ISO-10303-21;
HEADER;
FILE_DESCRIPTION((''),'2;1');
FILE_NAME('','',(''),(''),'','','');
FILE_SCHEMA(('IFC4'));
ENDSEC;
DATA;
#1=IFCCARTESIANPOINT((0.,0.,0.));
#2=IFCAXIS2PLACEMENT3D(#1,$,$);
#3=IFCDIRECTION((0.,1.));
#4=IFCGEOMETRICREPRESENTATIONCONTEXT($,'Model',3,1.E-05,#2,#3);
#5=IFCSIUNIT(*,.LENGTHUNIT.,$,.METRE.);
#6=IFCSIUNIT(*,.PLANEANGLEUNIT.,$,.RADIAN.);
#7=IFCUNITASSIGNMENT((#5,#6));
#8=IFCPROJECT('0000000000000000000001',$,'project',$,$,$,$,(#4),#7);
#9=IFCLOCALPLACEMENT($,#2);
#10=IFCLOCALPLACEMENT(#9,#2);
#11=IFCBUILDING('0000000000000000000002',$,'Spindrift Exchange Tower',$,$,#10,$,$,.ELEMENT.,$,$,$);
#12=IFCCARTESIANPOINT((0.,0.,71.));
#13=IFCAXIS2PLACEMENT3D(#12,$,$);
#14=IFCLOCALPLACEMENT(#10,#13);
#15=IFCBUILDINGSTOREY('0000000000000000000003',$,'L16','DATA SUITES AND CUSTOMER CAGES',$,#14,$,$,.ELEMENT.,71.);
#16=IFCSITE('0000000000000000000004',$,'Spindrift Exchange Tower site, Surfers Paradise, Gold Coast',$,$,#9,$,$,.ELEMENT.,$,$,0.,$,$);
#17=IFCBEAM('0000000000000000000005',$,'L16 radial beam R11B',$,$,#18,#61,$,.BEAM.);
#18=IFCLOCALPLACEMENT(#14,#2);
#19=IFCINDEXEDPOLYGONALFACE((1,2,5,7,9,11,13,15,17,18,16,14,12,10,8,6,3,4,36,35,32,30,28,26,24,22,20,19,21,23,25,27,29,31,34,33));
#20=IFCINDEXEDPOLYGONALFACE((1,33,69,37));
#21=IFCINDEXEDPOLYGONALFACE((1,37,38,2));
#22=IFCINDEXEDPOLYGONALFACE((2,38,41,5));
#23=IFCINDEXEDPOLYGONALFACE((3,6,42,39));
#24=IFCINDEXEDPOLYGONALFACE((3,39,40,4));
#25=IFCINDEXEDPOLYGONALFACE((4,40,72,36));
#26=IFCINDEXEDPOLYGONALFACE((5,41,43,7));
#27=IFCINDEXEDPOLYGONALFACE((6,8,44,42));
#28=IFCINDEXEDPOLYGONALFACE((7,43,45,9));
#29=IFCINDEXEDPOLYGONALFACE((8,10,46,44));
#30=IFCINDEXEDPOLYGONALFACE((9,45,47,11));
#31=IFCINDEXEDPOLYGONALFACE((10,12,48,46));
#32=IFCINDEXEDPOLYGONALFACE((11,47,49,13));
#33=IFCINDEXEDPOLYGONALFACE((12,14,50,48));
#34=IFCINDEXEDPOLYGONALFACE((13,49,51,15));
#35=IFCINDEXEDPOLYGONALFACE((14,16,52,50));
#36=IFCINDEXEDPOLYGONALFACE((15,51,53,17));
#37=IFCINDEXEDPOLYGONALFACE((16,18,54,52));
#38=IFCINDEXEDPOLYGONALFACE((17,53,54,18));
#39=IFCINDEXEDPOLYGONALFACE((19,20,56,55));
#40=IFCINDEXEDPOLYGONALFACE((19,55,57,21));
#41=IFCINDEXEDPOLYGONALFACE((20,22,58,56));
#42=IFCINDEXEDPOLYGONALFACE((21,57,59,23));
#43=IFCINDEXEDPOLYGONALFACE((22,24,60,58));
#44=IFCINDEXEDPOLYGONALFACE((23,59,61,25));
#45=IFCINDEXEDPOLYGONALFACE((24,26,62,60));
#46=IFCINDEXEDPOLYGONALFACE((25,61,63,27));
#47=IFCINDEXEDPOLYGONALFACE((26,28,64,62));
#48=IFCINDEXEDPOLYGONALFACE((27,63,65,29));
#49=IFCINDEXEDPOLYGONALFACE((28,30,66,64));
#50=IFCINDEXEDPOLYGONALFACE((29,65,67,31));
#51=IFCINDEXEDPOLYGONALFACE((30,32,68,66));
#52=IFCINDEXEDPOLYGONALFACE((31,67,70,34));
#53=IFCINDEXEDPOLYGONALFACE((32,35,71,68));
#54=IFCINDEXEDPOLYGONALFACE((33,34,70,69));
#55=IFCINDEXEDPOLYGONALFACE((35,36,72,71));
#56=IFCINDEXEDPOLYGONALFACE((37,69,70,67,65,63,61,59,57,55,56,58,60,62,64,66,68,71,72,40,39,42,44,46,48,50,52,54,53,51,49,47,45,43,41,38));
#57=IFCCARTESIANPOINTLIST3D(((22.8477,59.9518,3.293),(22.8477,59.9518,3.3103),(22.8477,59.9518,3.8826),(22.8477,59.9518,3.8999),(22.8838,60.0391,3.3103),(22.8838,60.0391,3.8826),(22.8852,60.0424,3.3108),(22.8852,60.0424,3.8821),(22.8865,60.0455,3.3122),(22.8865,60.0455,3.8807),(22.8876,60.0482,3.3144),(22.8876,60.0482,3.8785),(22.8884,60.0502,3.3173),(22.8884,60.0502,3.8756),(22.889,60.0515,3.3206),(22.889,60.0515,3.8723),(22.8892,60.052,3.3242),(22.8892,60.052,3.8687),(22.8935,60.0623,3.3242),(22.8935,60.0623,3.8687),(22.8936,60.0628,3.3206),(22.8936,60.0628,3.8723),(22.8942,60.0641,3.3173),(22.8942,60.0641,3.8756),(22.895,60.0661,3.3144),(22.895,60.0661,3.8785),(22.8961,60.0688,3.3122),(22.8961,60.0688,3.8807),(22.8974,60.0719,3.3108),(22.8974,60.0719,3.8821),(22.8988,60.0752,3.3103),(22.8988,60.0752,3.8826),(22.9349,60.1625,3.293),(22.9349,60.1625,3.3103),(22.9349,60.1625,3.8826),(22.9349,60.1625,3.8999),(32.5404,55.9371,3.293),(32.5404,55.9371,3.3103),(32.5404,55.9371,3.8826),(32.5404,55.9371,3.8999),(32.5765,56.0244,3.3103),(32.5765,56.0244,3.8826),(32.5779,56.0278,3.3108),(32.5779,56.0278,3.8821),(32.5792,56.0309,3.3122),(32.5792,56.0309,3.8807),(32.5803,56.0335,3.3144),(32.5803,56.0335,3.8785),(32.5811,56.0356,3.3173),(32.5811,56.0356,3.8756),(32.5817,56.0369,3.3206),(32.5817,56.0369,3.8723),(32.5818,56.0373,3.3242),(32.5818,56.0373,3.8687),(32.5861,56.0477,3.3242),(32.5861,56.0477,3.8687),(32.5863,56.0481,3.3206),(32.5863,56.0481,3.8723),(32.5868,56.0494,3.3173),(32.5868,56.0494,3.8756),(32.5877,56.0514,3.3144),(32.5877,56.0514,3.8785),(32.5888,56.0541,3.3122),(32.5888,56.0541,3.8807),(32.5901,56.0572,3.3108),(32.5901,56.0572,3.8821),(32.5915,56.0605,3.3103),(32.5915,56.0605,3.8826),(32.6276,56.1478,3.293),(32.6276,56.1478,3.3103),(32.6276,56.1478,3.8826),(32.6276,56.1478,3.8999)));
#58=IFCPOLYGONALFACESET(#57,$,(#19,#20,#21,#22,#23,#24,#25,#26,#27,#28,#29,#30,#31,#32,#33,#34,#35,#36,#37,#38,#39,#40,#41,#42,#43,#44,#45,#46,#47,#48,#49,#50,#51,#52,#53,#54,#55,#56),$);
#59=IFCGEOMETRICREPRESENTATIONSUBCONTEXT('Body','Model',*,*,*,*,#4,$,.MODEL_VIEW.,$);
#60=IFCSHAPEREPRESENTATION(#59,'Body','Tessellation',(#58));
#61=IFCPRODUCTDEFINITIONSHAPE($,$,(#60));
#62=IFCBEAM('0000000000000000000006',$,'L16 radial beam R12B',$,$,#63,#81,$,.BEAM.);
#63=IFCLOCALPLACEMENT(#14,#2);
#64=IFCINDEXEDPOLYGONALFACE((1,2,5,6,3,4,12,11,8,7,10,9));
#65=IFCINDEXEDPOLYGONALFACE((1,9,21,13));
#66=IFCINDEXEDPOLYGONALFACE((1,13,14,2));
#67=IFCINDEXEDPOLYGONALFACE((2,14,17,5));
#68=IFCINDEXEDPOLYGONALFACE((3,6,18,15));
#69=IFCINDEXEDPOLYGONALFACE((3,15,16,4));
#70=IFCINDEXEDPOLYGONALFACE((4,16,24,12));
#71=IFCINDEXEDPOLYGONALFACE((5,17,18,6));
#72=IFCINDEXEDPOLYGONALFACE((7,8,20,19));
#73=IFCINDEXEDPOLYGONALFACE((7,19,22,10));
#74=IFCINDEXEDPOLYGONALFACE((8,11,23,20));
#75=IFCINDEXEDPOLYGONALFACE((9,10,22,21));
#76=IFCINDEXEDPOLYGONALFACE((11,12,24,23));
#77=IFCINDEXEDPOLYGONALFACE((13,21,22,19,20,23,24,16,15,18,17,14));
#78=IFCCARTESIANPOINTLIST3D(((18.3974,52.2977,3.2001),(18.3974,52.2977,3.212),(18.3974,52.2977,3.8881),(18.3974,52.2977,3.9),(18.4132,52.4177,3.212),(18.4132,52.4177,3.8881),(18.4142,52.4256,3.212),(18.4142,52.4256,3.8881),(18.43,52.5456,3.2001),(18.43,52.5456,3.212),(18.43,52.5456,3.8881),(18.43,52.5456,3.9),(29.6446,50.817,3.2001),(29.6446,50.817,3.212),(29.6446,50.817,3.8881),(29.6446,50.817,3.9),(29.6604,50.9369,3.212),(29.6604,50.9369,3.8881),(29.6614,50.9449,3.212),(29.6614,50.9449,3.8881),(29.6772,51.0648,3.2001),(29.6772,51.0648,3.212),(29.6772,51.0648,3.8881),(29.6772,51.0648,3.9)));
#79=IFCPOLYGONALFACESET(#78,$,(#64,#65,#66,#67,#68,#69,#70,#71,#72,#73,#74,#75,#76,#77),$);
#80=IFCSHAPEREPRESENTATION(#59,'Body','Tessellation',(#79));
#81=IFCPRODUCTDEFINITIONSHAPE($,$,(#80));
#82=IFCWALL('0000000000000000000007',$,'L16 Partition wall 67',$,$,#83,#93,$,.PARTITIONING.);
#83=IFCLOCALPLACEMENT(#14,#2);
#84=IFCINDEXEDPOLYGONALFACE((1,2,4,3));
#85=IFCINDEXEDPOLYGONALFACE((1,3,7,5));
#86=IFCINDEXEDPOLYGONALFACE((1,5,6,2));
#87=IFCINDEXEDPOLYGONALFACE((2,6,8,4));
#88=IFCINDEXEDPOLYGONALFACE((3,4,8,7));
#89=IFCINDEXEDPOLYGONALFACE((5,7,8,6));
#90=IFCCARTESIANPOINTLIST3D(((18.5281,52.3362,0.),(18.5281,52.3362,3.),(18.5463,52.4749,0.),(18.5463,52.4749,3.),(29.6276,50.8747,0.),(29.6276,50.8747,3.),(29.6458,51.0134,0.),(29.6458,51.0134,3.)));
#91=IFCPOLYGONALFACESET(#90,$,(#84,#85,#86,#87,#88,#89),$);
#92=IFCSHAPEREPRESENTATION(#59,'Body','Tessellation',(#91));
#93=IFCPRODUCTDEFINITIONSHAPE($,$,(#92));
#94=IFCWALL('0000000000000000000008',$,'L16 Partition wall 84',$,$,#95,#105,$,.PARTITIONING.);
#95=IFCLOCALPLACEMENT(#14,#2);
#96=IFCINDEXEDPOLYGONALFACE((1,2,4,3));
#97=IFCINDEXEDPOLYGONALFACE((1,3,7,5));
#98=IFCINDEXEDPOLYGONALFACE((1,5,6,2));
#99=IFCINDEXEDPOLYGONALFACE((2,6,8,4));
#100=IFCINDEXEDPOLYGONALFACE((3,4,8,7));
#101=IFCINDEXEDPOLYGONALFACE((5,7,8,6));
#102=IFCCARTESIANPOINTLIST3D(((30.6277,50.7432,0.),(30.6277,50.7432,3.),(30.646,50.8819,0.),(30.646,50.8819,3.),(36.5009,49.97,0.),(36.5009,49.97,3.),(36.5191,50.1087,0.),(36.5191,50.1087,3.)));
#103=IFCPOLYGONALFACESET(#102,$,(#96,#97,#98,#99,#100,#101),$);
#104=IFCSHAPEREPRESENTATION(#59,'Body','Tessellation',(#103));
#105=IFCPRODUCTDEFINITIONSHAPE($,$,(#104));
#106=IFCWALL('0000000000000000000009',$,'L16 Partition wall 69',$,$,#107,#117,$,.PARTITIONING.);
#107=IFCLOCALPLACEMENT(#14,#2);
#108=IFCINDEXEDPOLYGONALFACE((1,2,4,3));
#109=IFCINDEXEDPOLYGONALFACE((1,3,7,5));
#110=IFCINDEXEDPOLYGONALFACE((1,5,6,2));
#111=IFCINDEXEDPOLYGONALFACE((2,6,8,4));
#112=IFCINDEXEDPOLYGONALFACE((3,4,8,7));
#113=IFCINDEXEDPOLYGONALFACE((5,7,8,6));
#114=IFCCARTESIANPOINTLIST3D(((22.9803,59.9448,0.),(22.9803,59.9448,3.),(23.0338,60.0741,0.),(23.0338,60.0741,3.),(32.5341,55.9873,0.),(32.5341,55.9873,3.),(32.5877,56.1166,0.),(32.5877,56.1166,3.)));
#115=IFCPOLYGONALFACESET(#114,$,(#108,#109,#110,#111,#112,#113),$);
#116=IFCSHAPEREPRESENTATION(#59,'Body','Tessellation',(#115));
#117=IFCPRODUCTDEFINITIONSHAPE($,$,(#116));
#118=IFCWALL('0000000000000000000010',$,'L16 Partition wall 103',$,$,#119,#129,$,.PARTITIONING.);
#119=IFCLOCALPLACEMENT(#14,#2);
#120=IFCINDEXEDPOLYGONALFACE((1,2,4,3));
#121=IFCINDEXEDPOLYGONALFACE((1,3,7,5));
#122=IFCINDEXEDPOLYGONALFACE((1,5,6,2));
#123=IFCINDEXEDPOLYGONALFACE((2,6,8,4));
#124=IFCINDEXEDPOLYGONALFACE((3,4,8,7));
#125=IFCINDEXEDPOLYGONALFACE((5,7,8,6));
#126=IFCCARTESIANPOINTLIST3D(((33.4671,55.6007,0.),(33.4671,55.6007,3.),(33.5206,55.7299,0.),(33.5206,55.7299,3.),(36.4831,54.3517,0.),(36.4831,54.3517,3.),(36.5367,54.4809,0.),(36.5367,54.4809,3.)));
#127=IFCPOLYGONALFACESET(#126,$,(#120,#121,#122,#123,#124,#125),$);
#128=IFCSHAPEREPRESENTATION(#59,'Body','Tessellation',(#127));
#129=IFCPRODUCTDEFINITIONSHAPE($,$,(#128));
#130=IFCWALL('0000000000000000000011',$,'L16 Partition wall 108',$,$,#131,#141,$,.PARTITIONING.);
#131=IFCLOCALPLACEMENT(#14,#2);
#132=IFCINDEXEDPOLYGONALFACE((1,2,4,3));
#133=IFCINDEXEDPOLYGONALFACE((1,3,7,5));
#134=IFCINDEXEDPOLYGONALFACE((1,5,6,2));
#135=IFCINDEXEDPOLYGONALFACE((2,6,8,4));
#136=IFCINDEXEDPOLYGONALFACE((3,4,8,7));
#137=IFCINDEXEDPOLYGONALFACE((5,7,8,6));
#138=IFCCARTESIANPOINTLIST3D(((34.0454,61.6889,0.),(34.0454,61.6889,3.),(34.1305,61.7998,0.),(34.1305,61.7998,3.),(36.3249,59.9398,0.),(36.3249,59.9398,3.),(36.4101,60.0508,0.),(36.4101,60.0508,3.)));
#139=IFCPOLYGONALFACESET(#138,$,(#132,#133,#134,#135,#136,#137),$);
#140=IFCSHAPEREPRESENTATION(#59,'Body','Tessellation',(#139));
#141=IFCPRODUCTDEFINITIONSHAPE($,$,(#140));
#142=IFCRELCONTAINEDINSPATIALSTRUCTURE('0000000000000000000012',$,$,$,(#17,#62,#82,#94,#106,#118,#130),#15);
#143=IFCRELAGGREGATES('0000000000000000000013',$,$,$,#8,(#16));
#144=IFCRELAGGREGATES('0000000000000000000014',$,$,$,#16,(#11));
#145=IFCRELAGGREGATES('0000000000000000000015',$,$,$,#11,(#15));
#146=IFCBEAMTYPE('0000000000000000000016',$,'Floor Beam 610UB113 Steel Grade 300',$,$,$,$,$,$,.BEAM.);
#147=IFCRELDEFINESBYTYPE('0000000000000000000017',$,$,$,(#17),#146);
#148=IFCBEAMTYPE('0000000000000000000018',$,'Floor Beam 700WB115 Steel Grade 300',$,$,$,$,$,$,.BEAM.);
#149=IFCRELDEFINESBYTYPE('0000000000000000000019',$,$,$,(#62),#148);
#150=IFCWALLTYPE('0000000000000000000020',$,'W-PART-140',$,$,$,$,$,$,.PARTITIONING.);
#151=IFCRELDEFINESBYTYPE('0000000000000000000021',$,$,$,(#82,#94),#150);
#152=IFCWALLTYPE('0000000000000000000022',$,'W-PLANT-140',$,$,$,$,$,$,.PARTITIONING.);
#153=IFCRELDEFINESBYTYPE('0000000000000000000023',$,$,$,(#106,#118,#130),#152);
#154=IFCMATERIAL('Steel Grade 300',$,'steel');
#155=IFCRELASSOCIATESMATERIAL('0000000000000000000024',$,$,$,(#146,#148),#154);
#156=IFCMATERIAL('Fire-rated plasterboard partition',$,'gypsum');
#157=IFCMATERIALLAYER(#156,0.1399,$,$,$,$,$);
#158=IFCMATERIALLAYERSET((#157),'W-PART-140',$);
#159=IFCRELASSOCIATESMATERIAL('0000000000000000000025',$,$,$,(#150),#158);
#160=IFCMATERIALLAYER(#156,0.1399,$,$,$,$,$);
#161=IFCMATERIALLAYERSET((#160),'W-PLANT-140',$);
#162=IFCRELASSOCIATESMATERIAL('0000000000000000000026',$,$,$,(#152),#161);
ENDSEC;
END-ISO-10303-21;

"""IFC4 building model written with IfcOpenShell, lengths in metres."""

from ifc_helpers import new_model, si_unit, direction, frame, frame_2d, origin, origin_2d, place, context, subcontext, project, spatial, rectangle, i_section, extrude, source, transform, mapped, material, layer, layer_set, material_profile, profile_set, type_object, element, save


model = new_model("IFC4")

# Units and contexts
model_context = context("Model", 3, precision=1e-05, world=origin(), true_north=direction((0.0, 1.0)))
body_context = subcontext(model_context, "Body", "Model", "MODEL_VIEW")
ifc_project = project(units=[si_unit("LENGTHUNIT", "METRE"), si_unit("PLANEANGLEUNIT", "RADIAN")], contexts=[model_context])

# Site, building, storey
site_placement = place(None, origin())
site = spatial("IfcSite", under=ifc_project, at=site_placement, Name="Spindrift Exchange Tower site, Surfers Paradise, Gold Coast", CompositionType="ELEMENT", RefElevation=0.0)
building_placement = place(site_placement, origin())
building = spatial("IfcBuilding", under=site, at=building_placement, Name="Spindrift Exchange Tower", CompositionType="ELEMENT")
storey_placement = place(building_placement, frame((0.0, 0.0, 71.0)))
storey = spatial("IfcBuildingStorey", under=building, at=storey_placement, Name="L16", Description="DATA SUITES AND CUSTOMER CAGES", CompositionType="ELEMENT", Elevation=71.0)

# Beams
ifc_material_1 = material(Name="Steel Grade 300", Category="steel")
ifc_material_profile_1 = material_profile(ifc_material_1, i_section(OverallWidth=0.228, OverallDepth=0.6069, WebThickness=0.0112, FlangeThickness=0.0173, FilletRadius=0.0139, at=origin_2d()), Name="610UB113")
ifc_profile_set_1 = profile_set([ifc_material_profile_1], Name="Steel Grade 300")
beam_type_1 = type_object("IfcBeamType", Name="Floor Beam 610UB113 Steel Grade 300", PredefinedType="BEAM", material=ifc_profile_set_1)
shared_shape_1 = source(origin(), body_context, "Body", "SweptSolid", [
    extrude(i_section(OverallWidth=0.228, OverallDepth=0.6069, WebThickness=0.0112, FlangeThickness=0.0173, FilletRadius=0.0139, at=origin_2d()), origin(), (0.0, 0.0, 1.0), 10.4912),
])
beam_1_placement = place(storey_placement, frame((32.584, 56.0425, 3.5964), z_axis=(-0.923885, 0.38267, 0.0), x_axis=(-0.38267, -0.923885, 0.0)))
element("IfcBeam", 1, at=beam_1_placement, inside=storey, type_object=beam_type_1, Name="L16 radial beam R11B", PredefinedType="BEAM", context=body_context, shape_type="MappedRepresentation", body=[
    mapped(shared_shape_1, transform((0.0, 0.0, 0.0), scale=1.0)),
])
ifc_material_profile_2 = material_profile(ifc_material_1, i_section(OverallWidth=0.25, OverallDepth=0.7, WebThickness=0.0081, FlangeThickness=0.012, at=origin_2d()), Name="700WB115")
ifc_profile_set_2 = profile_set([ifc_material_profile_2], Name="Steel Grade 300")
beam_type_2 = type_object("IfcBeamType", Name="Floor Beam 700WB115 Steel Grade 300", PredefinedType="BEAM", material=ifc_profile_set_2)
shared_shape_2 = source(origin(), body_context, "Body", "SweptSolid", [
    extrude(i_section(OverallWidth=0.25, OverallDepth=0.7, WebThickness=0.0081, FlangeThickness=0.012, at=origin_2d()), origin(), (0.0, 0.0, 1.0), 11.3442),
])
beam_2_placement = place(storey_placement, frame((29.6609, 50.9409, 3.55), z_axis=(-0.991445, 0.130527, 0.0), x_axis=(-0.130527, -0.991445, 0.0)))
element("IfcBeam", 2, at=beam_2_placement, inside=storey, type_object=beam_type_2, Name="L16 radial beam R12B", PredefinedType="BEAM", context=body_context, shape_type="MappedRepresentation", body=[
    mapped(shared_shape_2, transform((0.0, 0.0, 0.0), scale=1.0)),
])

# Walls
ifc_material_2 = material(Name="Fire-rated plasterboard partition", Category="gypsum")
ifc_layer_1 = layer(ifc_material_2, 0.1399)
ifc_layer_set_1 = layer_set([ifc_layer_1], Name="W-PART-140")
wall_type_1 = type_object("IfcWallType", Name="W-PART-140", PredefinedType="PARTITIONING", material=ifc_layer_set_1)
wall_1_placement = place(storey_placement, frame((29.6367, 50.9441, 0.0), z_axis=(0.0, 0.0, 1.0), x_axis=(-0.991443, 0.130538, 0.0)))
element("IfcWall", 3, at=wall_1_placement, inside=storey, type_object=wall_type_1, Name="L16 Partition wall 67", PredefinedType="PARTITIONING", context=body_context, shape_type="SweptSolid", body=[
    extrude(rectangle(XDim=11.1953, YDim=0.1399, at=frame_2d((5.5977, 0.0))), origin(), (0.0, 0.0, 1.0), 3.0),
])
wall_2_placement = place(storey_placement, frame((36.51, 50.0393, 0.0), z_axis=(0.0, 0.0, 1.0), x_axis=(-0.991445, 0.130525, 0.0)))
element("IfcWall", 4, at=wall_2_placement, inside=storey, type_object=wall_type_1, Name="L16 Partition wall 84", PredefinedType="PARTITIONING", context=body_context, shape_type="SweptSolid", body=[
    extrude(rectangle(XDim=5.9238, YDim=0.1399, at=frame_2d((2.9619, 0.0))), origin(), (0.0, 0.0, 1.0), 3.0),
])
ifc_layer_2 = layer(ifc_material_2, 0.1399)
ifc_layer_set_2 = layer_set([ifc_layer_2], Name="W-PLANT-140")
wall_type_2 = type_object("IfcWallType", Name="W-PLANT-140", PredefinedType="PARTITIONING", material=ifc_layer_set_2)
wall_3_placement = place(storey_placement, frame((32.5608, 56.052, 0.0), z_axis=(0.0, 0.0, 1.0), x_axis=(-0.923875, 0.382695, 0.0)))
element("IfcWall", 5, at=wall_3_placement, inside=storey, type_object=wall_type_2, Name="L16 Partition wall 69", PredefinedType="PARTITIONING", context=body_context, shape_type="SweptSolid", body=[
    extrude(rectangle(XDim=10.3411, YDim=0.1399, at=frame_2d((5.1704, 0.0))), origin(), (0.0, 0.0, 1.0), 3.0),
])
wall_4_placement = place(storey_placement, frame((36.51, 54.4163, 0.0), z_axis=(0.0, 0.0, 1.0), x_axis=(-0.923911, 0.382607, 0.0)))
element("IfcWall", 6, at=wall_4_placement, inside=storey, type_object=wall_type_2, Name="L16 Partition wall 103", PredefinedType="PARTITIONING", context=body_context, shape_type="SweptSolid", body=[
    extrude(rectangle(XDim=3.2644, YDim=0.1399, at=frame_2d((1.6323, 0.0))), origin(), (0.0, 0.0, 1.0), 3.0),
])
wall_5_placement = place(storey_placement, frame((36.3674, 59.9954, 0.0), z_axis=(0.0, 0.0, 1.0), x_axis=(-0.793375, 0.608733, 0.0)))
element("IfcWall", 7, at=wall_5_placement, inside=storey, type_object=wall_type_2, Name="L16 Partition wall 108", PredefinedType="PARTITIONING", context=body_context, shape_type="SweptSolid", body=[
    extrude(rectangle(XDim=2.8733, YDim=0.1399, at=frame_2d((1.4365, 0.0))), origin(), (0.0, 0.0, 1.0), 3.0),
])

save(model, "model.ifc")
